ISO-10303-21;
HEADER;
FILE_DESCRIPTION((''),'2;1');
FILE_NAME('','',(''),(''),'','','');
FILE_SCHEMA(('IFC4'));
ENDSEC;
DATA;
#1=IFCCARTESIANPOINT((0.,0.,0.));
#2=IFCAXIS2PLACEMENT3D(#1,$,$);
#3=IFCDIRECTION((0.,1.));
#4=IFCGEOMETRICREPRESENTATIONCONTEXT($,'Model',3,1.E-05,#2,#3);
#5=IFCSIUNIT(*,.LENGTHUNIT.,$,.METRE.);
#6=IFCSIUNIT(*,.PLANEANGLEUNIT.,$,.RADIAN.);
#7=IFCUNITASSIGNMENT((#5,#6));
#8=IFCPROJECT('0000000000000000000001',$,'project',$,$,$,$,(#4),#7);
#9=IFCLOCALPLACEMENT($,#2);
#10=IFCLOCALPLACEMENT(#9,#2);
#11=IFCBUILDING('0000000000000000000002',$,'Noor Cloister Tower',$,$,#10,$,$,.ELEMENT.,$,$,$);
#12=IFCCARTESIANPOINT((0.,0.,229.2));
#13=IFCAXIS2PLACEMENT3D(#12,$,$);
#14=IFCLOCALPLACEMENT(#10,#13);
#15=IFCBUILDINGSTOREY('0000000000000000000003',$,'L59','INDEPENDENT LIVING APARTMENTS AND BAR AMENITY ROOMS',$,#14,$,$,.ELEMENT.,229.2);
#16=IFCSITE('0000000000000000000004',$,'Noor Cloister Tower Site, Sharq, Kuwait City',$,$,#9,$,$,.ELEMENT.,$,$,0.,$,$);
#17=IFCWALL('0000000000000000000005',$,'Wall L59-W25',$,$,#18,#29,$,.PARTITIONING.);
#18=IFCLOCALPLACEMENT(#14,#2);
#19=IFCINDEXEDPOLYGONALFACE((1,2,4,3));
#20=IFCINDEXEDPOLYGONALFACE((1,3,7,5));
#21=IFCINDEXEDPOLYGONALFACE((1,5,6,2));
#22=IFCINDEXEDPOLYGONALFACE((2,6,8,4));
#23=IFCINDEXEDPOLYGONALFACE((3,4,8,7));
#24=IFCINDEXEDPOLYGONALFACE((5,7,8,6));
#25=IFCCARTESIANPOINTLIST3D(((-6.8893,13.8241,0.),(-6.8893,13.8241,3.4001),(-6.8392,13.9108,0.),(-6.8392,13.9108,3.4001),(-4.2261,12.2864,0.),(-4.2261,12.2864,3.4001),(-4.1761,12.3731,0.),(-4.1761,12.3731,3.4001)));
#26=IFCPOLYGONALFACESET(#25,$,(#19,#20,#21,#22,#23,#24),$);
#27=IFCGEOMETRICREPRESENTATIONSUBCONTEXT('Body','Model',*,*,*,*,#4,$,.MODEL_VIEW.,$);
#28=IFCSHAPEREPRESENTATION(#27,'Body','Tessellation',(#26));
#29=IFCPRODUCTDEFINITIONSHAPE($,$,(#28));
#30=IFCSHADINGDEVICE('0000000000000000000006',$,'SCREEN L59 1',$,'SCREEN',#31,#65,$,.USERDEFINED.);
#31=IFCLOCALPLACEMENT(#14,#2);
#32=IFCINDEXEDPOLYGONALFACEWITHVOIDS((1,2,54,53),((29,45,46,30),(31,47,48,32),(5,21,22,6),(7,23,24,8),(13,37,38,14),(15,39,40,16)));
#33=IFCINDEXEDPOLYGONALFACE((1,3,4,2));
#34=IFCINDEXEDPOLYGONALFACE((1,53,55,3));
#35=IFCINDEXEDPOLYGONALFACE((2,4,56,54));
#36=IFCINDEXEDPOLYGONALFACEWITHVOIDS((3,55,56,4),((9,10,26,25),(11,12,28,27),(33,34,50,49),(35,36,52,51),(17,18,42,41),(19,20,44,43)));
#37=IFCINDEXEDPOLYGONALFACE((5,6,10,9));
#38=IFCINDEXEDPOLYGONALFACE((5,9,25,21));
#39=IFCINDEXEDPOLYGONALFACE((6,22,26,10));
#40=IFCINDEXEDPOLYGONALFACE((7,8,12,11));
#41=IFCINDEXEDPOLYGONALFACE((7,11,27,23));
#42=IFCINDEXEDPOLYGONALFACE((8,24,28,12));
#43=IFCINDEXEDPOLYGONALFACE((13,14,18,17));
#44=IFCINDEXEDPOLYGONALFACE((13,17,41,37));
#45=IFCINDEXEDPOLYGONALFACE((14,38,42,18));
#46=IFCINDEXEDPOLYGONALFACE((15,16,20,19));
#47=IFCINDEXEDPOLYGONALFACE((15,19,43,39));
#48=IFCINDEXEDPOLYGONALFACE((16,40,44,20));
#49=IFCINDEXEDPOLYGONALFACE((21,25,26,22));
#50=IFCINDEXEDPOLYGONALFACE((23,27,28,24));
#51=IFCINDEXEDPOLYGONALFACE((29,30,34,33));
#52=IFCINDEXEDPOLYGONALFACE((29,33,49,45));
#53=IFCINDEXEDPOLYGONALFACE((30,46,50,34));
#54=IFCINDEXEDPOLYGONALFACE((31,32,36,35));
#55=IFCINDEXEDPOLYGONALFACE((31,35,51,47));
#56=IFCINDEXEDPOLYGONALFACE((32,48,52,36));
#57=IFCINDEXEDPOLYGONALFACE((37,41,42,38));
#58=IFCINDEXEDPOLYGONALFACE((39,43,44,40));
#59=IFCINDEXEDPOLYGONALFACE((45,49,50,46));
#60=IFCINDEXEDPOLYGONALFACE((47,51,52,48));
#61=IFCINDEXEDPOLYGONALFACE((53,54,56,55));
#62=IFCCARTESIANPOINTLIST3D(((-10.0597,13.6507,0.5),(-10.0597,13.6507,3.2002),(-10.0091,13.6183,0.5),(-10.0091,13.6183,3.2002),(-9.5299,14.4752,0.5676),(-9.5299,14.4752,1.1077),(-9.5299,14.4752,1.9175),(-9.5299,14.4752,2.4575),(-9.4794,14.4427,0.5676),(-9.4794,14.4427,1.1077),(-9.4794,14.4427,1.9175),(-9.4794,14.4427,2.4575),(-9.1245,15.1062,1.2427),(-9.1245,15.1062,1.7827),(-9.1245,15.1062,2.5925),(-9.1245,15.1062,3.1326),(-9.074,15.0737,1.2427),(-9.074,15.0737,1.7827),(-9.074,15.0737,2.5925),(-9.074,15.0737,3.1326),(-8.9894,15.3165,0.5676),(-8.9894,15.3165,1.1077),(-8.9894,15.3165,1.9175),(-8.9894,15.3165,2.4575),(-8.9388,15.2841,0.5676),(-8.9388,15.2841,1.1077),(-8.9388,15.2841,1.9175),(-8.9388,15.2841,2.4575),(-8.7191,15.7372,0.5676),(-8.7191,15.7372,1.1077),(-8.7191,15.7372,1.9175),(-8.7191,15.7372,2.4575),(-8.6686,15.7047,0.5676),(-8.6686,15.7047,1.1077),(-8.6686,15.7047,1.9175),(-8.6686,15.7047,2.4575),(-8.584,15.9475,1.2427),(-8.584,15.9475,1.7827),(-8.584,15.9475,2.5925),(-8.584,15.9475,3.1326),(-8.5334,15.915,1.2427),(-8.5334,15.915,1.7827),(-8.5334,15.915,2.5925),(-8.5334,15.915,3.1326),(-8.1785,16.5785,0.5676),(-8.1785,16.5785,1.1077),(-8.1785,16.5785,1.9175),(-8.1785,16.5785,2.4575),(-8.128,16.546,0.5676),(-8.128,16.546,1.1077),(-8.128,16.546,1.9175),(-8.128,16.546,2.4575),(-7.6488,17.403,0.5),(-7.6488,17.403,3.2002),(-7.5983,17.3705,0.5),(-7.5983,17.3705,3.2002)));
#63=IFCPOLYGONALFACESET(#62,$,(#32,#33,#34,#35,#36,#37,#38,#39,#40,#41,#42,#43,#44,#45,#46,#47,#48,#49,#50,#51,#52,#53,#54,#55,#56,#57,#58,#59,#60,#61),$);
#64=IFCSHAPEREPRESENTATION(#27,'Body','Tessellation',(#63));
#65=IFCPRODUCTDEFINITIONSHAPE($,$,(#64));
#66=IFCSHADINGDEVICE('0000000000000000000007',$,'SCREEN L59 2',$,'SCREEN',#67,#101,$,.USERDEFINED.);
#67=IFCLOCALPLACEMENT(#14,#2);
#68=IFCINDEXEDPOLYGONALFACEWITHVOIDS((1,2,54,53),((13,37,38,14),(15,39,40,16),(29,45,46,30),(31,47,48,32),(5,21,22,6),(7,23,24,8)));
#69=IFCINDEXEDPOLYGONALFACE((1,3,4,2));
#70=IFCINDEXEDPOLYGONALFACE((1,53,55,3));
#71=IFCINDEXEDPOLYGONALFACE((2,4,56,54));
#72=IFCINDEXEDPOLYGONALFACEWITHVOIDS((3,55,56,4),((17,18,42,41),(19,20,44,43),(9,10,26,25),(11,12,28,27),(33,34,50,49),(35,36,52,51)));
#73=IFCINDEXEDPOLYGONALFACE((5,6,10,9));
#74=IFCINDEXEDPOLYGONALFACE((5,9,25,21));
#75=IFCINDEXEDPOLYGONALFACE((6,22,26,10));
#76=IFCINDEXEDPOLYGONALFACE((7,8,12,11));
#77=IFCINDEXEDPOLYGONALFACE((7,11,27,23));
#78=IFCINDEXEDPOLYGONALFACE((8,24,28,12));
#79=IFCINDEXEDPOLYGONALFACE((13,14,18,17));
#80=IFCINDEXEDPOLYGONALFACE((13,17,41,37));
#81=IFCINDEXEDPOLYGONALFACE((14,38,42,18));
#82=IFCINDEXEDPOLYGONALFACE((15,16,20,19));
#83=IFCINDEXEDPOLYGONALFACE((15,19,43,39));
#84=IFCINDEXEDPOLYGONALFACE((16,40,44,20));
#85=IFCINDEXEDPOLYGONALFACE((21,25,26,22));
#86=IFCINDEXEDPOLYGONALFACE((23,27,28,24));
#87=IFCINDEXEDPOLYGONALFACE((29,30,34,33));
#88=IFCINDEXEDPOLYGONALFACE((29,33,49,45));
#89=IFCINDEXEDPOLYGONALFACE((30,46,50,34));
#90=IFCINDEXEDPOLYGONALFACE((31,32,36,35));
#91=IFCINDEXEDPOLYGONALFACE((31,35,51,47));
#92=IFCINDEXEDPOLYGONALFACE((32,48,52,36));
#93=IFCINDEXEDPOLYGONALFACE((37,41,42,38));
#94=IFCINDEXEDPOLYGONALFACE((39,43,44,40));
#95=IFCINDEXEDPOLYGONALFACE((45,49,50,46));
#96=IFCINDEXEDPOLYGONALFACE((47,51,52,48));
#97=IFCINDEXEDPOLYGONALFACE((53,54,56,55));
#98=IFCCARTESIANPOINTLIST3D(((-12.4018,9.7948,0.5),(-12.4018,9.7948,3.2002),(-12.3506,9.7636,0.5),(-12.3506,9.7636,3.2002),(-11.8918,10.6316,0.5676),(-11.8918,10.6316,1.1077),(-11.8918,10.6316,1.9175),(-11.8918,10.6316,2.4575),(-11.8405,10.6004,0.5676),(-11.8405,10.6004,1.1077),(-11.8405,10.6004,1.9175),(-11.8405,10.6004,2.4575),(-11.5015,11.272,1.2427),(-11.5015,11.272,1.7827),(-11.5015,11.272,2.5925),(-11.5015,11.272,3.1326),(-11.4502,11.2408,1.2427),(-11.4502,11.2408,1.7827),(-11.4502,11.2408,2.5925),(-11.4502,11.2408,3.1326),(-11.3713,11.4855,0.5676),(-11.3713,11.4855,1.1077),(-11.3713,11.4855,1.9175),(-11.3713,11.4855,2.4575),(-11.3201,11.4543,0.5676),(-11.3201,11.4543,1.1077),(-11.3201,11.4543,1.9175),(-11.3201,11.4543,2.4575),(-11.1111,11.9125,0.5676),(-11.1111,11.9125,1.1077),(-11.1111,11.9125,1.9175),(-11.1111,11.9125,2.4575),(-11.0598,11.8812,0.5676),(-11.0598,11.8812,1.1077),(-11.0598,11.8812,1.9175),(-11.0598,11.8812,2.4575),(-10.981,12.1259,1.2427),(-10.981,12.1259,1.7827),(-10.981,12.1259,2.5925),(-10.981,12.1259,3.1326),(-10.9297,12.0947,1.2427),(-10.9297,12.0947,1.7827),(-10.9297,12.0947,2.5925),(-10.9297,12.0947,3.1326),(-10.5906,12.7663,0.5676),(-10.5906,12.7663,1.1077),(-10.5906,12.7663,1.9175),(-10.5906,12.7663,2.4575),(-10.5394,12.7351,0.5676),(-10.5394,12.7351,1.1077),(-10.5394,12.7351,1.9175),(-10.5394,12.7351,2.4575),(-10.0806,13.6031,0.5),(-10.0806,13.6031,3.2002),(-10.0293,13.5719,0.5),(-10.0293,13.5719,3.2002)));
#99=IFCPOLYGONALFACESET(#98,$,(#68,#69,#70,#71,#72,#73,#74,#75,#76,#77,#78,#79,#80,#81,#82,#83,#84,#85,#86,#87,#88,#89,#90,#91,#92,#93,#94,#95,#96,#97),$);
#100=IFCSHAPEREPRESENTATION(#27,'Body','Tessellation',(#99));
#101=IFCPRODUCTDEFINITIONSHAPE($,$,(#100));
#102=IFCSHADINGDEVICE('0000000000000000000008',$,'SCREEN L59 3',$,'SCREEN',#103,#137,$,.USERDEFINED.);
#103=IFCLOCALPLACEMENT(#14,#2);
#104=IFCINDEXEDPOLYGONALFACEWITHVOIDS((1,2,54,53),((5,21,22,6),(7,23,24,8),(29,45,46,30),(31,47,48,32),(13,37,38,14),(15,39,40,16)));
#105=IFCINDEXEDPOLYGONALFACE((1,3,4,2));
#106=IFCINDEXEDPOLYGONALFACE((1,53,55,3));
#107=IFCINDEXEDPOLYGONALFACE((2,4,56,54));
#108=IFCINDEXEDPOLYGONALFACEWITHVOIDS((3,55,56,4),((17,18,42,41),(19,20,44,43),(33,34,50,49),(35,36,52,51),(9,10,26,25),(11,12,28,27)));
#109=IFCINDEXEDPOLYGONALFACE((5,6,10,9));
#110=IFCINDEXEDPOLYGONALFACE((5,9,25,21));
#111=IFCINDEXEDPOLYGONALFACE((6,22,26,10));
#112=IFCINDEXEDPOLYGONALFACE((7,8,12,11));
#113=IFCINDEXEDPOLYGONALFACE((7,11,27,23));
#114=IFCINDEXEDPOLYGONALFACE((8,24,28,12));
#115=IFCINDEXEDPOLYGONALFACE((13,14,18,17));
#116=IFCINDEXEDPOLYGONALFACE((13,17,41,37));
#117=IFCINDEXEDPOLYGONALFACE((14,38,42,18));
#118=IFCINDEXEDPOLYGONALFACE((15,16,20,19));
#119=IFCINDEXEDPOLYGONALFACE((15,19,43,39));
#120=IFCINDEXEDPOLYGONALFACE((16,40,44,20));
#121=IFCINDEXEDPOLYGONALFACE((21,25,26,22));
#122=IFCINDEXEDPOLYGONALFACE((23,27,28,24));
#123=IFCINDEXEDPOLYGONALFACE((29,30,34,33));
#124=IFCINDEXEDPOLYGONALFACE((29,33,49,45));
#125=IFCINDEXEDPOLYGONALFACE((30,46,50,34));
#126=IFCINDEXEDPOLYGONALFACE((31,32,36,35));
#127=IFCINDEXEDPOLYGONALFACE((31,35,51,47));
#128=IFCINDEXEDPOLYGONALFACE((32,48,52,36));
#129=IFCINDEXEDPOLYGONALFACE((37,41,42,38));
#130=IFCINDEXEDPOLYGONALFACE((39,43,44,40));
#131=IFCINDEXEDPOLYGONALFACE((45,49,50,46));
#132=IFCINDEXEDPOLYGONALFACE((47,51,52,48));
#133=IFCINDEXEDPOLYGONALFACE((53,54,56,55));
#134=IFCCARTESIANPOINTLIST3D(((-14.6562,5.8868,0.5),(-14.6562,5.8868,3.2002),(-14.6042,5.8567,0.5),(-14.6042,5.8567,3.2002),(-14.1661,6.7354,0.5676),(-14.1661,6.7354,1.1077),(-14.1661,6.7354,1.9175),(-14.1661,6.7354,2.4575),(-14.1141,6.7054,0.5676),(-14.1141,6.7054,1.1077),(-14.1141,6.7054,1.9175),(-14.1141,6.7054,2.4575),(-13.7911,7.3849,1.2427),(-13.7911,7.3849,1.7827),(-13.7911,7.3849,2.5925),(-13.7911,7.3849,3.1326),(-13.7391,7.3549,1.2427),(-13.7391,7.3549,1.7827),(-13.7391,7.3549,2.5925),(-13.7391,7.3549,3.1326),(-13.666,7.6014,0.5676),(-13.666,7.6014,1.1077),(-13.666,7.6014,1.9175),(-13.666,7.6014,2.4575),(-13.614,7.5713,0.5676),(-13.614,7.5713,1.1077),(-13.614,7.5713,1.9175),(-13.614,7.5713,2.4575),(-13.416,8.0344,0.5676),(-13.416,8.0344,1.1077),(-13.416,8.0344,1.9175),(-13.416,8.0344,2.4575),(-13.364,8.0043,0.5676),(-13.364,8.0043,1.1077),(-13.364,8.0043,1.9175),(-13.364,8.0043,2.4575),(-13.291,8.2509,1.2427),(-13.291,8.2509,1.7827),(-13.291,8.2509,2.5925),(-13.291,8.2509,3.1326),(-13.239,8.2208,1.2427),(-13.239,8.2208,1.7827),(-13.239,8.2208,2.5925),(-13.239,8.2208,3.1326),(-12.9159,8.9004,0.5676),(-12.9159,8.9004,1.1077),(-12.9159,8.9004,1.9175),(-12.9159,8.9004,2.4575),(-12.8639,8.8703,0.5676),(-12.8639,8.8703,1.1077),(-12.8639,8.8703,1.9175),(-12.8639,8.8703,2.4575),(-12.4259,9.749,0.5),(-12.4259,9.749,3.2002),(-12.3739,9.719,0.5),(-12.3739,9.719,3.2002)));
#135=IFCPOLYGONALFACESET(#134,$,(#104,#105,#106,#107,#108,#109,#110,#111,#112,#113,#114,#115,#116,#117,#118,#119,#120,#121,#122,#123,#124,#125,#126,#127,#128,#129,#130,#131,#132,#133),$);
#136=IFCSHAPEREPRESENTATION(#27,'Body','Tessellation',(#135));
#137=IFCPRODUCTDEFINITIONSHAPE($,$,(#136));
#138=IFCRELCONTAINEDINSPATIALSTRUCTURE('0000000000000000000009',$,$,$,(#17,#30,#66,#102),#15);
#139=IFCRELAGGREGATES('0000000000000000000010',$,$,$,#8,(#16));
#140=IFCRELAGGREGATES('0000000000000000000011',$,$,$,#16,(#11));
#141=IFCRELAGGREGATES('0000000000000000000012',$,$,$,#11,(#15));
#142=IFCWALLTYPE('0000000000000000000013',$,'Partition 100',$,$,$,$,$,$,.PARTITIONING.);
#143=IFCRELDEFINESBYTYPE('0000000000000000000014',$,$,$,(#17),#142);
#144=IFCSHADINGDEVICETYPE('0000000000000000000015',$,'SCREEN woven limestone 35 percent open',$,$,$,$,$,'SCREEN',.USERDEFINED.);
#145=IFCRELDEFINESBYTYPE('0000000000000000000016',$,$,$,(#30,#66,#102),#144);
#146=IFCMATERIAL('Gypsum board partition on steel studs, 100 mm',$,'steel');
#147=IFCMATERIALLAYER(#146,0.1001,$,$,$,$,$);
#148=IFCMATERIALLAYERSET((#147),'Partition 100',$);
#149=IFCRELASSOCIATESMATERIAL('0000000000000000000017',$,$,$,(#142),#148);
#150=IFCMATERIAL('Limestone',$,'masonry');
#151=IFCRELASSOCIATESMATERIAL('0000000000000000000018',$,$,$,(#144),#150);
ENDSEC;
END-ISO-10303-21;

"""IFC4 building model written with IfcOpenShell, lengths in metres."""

from ifc_helpers import new_model, si_unit, direction, frame, frame_2d, origin, place, context, subcontext, project, spatial, polyline, rectangle, outline, extrude, material, layer, layer_set, material_profile, profile_set, type_object, element, save


model = new_model("IFC4")

# Units and contexts
model_context = context("Model", 3, precision=1e-05, world=origin(), true_north=direction((0.0, 1.0)))
body_context = subcontext(model_context, "Body", "Model", "MODEL_VIEW")
ifc_project = project(units=[si_unit("LENGTHUNIT", "METRE"), si_unit("PLANEANGLEUNIT", "RADIAN")], contexts=[model_context])

# Site, building, storey
site_placement = place(None, origin())
site = spatial("IfcSite", under=ifc_project, at=site_placement, Name="Noor Cloister Tower Site, Sharq, Kuwait City", CompositionType="ELEMENT", RefElevation=0.0)
building_placement = place(site_placement, origin())
building = spatial("IfcBuilding", under=site, at=building_placement, Name="Noor Cloister Tower", CompositionType="ELEMENT")
storey_placement = place(building_placement, frame((0.0, 0.0, 229.2)))
storey = spatial("IfcBuildingStorey", under=building, at=storey_placement, Name="L59", Description="INDEPENDENT LIVING APARTMENTS AND BAR AMENITY ROOMS", CompositionType="ELEMENT", Elevation=229.2)

# Shared definitions
ifc_material_1 = material(Name="Gypsum board partition on steel studs, 100 mm", Category="steel")
ifc_layer_1 = layer(ifc_material_1, 0.1001)
ifc_layer_set_1 = layer_set([ifc_layer_1], Name="Partition 100")
wall_type_1 = type_object("IfcWallType", Name="Partition 100", PredefinedType="PARTITIONING", material=ifc_layer_set_1)

# Wall
wall_1_placement = place(storey_placement, frame((-6.8643, 13.8674, 0.0), z_axis=(0.0, 0.0, 1.0), x_axis=(0.866016, -0.500016, 0.0)))
element("IfcWall", 1, at=wall_1_placement, inside=storey, type_object=wall_type_1, Name="Wall L59-W25", PredefinedType="PARTITIONING", context=body_context, shape_type="SweptSolid", body=[
    extrude(rectangle(XDim=3.0752, YDim=0.1001, at=frame_2d((1.5376, 0.0))), origin(), (0.0, 0.0, 1.0), 3.4001),
])

# Shading devices
ifc_material_2 = material(Name="Limestone", Category="masonry")
ifc_material_profile_1 = material_profile(ifc_material_2, outline(polyline([(-2.23, -1.3501), (2.23, -1.3501), (2.23, 1.3501), (-2.23, 1.3501), (-2.23, -1.3501)]), holes=[polyline([(-1.25, -1.2825), (-0.25, -1.2825), (-0.25, -0.7424), (-1.25, -0.7424), (-1.25, -1.2825)]), polyline([(0.25, -1.2825), (1.25, -1.2825), (1.25, -0.7424), (0.25, -0.7424), (0.25, -1.2825)]), polyline([(-0.5, -0.6074), (0.5, -0.6074), (0.5, -0.0674), (-0.5, -0.0674), (-0.5, -0.6074)]), polyline([(-1.25, 0.0674), (-0.25, 0.0674), (-0.25, 0.6074), (-1.25, 0.6074), (-1.25, 0.0674)]), polyline([(0.25, 0.0674), (1.25, 0.0674), (1.25, 0.6074), (0.25, 0.6074), (0.25, 0.0674)]), polyline([(-0.5, 0.7424), (0.5, 0.7424), (0.5, 1.2825), (-0.5, 1.2825), (-0.5, 0.7424)])]), Name="Woven screen 35 percent open")
ifc_profile_set_1 = profile_set([ifc_material_profile_1], Name="Limestone")
shading_device_type = type_object("IfcShadingDeviceType", Name="SCREEN woven limestone 35 percent open", ElementType="SCREEN", PredefinedType="USERDEFINED", material=ifc_profile_set_1)
for number, where, z_axis, x_axis, name in (
    (2, (-8.8037, 15.4944, 1.8501), (-0.841311, 0.540552, 0.0), (-0.540552, -0.841311, 0.0), "SCREEN L59 1"),
    (3, (-11.1899, 11.6677, 1.8501), (-0.853884, 0.520463, 0.0), (-0.520463, -0.853884, 0.0), "SCREEN L59 2"),
    (4, (-13.489, 7.7878, 1.8501), (-0.865982, 0.500074, 0.0), (-0.500074, -0.865982, 0.0), "SCREEN L59 3"),
):
    element("IfcShadingDevice", number, at=place(storey_placement, frame(where, z_axis=z_axis, x_axis=x_axis)), inside=storey, type_object=shading_device_type, Name=name, ObjectType="SCREEN", PredefinedType="USERDEFINED", context=body_context, shape_type="SweptSolid", body=[
        extrude(outline(polyline([(-2.23, -1.3501), (2.23, -1.3501), (2.23, 1.3501), (-2.23, 1.3501), (-2.23, -1.3501)]), holes=[polyline([(-1.25, -1.2825), (-0.25, -1.2825), (-0.25, -0.7424), (-1.25, -0.7424), (-1.25, -1.2825)]), polyline([(0.25, -1.2825), (1.25, -1.2825), (1.25, -0.7424), (0.25, -0.7424), (0.25, -1.2825)]), polyline([(-0.5, -0.6074), (0.5, -0.6074), (0.5, -0.0674), (-0.5, -0.0674), (-0.5, -0.6074)]), polyline([(-1.25, 0.0674), (-0.25, 0.0674), (-0.25, 0.6074), (-1.25, 0.6074), (-1.25, 0.0674)]), polyline([(0.25, 0.0674), (1.25, 0.0674), (1.25, 0.6074), (0.25, 0.6074), (0.25, 0.0674)]), polyline([(-0.5, 0.7424), (0.5, 0.7424), (0.5, 1.2825), (-0.5, 1.2825), (-0.5, 0.7424)])]), origin(), (0.0, 0.0, 1.0), 0.0601),
    ])

save(model, "model.ifc")
